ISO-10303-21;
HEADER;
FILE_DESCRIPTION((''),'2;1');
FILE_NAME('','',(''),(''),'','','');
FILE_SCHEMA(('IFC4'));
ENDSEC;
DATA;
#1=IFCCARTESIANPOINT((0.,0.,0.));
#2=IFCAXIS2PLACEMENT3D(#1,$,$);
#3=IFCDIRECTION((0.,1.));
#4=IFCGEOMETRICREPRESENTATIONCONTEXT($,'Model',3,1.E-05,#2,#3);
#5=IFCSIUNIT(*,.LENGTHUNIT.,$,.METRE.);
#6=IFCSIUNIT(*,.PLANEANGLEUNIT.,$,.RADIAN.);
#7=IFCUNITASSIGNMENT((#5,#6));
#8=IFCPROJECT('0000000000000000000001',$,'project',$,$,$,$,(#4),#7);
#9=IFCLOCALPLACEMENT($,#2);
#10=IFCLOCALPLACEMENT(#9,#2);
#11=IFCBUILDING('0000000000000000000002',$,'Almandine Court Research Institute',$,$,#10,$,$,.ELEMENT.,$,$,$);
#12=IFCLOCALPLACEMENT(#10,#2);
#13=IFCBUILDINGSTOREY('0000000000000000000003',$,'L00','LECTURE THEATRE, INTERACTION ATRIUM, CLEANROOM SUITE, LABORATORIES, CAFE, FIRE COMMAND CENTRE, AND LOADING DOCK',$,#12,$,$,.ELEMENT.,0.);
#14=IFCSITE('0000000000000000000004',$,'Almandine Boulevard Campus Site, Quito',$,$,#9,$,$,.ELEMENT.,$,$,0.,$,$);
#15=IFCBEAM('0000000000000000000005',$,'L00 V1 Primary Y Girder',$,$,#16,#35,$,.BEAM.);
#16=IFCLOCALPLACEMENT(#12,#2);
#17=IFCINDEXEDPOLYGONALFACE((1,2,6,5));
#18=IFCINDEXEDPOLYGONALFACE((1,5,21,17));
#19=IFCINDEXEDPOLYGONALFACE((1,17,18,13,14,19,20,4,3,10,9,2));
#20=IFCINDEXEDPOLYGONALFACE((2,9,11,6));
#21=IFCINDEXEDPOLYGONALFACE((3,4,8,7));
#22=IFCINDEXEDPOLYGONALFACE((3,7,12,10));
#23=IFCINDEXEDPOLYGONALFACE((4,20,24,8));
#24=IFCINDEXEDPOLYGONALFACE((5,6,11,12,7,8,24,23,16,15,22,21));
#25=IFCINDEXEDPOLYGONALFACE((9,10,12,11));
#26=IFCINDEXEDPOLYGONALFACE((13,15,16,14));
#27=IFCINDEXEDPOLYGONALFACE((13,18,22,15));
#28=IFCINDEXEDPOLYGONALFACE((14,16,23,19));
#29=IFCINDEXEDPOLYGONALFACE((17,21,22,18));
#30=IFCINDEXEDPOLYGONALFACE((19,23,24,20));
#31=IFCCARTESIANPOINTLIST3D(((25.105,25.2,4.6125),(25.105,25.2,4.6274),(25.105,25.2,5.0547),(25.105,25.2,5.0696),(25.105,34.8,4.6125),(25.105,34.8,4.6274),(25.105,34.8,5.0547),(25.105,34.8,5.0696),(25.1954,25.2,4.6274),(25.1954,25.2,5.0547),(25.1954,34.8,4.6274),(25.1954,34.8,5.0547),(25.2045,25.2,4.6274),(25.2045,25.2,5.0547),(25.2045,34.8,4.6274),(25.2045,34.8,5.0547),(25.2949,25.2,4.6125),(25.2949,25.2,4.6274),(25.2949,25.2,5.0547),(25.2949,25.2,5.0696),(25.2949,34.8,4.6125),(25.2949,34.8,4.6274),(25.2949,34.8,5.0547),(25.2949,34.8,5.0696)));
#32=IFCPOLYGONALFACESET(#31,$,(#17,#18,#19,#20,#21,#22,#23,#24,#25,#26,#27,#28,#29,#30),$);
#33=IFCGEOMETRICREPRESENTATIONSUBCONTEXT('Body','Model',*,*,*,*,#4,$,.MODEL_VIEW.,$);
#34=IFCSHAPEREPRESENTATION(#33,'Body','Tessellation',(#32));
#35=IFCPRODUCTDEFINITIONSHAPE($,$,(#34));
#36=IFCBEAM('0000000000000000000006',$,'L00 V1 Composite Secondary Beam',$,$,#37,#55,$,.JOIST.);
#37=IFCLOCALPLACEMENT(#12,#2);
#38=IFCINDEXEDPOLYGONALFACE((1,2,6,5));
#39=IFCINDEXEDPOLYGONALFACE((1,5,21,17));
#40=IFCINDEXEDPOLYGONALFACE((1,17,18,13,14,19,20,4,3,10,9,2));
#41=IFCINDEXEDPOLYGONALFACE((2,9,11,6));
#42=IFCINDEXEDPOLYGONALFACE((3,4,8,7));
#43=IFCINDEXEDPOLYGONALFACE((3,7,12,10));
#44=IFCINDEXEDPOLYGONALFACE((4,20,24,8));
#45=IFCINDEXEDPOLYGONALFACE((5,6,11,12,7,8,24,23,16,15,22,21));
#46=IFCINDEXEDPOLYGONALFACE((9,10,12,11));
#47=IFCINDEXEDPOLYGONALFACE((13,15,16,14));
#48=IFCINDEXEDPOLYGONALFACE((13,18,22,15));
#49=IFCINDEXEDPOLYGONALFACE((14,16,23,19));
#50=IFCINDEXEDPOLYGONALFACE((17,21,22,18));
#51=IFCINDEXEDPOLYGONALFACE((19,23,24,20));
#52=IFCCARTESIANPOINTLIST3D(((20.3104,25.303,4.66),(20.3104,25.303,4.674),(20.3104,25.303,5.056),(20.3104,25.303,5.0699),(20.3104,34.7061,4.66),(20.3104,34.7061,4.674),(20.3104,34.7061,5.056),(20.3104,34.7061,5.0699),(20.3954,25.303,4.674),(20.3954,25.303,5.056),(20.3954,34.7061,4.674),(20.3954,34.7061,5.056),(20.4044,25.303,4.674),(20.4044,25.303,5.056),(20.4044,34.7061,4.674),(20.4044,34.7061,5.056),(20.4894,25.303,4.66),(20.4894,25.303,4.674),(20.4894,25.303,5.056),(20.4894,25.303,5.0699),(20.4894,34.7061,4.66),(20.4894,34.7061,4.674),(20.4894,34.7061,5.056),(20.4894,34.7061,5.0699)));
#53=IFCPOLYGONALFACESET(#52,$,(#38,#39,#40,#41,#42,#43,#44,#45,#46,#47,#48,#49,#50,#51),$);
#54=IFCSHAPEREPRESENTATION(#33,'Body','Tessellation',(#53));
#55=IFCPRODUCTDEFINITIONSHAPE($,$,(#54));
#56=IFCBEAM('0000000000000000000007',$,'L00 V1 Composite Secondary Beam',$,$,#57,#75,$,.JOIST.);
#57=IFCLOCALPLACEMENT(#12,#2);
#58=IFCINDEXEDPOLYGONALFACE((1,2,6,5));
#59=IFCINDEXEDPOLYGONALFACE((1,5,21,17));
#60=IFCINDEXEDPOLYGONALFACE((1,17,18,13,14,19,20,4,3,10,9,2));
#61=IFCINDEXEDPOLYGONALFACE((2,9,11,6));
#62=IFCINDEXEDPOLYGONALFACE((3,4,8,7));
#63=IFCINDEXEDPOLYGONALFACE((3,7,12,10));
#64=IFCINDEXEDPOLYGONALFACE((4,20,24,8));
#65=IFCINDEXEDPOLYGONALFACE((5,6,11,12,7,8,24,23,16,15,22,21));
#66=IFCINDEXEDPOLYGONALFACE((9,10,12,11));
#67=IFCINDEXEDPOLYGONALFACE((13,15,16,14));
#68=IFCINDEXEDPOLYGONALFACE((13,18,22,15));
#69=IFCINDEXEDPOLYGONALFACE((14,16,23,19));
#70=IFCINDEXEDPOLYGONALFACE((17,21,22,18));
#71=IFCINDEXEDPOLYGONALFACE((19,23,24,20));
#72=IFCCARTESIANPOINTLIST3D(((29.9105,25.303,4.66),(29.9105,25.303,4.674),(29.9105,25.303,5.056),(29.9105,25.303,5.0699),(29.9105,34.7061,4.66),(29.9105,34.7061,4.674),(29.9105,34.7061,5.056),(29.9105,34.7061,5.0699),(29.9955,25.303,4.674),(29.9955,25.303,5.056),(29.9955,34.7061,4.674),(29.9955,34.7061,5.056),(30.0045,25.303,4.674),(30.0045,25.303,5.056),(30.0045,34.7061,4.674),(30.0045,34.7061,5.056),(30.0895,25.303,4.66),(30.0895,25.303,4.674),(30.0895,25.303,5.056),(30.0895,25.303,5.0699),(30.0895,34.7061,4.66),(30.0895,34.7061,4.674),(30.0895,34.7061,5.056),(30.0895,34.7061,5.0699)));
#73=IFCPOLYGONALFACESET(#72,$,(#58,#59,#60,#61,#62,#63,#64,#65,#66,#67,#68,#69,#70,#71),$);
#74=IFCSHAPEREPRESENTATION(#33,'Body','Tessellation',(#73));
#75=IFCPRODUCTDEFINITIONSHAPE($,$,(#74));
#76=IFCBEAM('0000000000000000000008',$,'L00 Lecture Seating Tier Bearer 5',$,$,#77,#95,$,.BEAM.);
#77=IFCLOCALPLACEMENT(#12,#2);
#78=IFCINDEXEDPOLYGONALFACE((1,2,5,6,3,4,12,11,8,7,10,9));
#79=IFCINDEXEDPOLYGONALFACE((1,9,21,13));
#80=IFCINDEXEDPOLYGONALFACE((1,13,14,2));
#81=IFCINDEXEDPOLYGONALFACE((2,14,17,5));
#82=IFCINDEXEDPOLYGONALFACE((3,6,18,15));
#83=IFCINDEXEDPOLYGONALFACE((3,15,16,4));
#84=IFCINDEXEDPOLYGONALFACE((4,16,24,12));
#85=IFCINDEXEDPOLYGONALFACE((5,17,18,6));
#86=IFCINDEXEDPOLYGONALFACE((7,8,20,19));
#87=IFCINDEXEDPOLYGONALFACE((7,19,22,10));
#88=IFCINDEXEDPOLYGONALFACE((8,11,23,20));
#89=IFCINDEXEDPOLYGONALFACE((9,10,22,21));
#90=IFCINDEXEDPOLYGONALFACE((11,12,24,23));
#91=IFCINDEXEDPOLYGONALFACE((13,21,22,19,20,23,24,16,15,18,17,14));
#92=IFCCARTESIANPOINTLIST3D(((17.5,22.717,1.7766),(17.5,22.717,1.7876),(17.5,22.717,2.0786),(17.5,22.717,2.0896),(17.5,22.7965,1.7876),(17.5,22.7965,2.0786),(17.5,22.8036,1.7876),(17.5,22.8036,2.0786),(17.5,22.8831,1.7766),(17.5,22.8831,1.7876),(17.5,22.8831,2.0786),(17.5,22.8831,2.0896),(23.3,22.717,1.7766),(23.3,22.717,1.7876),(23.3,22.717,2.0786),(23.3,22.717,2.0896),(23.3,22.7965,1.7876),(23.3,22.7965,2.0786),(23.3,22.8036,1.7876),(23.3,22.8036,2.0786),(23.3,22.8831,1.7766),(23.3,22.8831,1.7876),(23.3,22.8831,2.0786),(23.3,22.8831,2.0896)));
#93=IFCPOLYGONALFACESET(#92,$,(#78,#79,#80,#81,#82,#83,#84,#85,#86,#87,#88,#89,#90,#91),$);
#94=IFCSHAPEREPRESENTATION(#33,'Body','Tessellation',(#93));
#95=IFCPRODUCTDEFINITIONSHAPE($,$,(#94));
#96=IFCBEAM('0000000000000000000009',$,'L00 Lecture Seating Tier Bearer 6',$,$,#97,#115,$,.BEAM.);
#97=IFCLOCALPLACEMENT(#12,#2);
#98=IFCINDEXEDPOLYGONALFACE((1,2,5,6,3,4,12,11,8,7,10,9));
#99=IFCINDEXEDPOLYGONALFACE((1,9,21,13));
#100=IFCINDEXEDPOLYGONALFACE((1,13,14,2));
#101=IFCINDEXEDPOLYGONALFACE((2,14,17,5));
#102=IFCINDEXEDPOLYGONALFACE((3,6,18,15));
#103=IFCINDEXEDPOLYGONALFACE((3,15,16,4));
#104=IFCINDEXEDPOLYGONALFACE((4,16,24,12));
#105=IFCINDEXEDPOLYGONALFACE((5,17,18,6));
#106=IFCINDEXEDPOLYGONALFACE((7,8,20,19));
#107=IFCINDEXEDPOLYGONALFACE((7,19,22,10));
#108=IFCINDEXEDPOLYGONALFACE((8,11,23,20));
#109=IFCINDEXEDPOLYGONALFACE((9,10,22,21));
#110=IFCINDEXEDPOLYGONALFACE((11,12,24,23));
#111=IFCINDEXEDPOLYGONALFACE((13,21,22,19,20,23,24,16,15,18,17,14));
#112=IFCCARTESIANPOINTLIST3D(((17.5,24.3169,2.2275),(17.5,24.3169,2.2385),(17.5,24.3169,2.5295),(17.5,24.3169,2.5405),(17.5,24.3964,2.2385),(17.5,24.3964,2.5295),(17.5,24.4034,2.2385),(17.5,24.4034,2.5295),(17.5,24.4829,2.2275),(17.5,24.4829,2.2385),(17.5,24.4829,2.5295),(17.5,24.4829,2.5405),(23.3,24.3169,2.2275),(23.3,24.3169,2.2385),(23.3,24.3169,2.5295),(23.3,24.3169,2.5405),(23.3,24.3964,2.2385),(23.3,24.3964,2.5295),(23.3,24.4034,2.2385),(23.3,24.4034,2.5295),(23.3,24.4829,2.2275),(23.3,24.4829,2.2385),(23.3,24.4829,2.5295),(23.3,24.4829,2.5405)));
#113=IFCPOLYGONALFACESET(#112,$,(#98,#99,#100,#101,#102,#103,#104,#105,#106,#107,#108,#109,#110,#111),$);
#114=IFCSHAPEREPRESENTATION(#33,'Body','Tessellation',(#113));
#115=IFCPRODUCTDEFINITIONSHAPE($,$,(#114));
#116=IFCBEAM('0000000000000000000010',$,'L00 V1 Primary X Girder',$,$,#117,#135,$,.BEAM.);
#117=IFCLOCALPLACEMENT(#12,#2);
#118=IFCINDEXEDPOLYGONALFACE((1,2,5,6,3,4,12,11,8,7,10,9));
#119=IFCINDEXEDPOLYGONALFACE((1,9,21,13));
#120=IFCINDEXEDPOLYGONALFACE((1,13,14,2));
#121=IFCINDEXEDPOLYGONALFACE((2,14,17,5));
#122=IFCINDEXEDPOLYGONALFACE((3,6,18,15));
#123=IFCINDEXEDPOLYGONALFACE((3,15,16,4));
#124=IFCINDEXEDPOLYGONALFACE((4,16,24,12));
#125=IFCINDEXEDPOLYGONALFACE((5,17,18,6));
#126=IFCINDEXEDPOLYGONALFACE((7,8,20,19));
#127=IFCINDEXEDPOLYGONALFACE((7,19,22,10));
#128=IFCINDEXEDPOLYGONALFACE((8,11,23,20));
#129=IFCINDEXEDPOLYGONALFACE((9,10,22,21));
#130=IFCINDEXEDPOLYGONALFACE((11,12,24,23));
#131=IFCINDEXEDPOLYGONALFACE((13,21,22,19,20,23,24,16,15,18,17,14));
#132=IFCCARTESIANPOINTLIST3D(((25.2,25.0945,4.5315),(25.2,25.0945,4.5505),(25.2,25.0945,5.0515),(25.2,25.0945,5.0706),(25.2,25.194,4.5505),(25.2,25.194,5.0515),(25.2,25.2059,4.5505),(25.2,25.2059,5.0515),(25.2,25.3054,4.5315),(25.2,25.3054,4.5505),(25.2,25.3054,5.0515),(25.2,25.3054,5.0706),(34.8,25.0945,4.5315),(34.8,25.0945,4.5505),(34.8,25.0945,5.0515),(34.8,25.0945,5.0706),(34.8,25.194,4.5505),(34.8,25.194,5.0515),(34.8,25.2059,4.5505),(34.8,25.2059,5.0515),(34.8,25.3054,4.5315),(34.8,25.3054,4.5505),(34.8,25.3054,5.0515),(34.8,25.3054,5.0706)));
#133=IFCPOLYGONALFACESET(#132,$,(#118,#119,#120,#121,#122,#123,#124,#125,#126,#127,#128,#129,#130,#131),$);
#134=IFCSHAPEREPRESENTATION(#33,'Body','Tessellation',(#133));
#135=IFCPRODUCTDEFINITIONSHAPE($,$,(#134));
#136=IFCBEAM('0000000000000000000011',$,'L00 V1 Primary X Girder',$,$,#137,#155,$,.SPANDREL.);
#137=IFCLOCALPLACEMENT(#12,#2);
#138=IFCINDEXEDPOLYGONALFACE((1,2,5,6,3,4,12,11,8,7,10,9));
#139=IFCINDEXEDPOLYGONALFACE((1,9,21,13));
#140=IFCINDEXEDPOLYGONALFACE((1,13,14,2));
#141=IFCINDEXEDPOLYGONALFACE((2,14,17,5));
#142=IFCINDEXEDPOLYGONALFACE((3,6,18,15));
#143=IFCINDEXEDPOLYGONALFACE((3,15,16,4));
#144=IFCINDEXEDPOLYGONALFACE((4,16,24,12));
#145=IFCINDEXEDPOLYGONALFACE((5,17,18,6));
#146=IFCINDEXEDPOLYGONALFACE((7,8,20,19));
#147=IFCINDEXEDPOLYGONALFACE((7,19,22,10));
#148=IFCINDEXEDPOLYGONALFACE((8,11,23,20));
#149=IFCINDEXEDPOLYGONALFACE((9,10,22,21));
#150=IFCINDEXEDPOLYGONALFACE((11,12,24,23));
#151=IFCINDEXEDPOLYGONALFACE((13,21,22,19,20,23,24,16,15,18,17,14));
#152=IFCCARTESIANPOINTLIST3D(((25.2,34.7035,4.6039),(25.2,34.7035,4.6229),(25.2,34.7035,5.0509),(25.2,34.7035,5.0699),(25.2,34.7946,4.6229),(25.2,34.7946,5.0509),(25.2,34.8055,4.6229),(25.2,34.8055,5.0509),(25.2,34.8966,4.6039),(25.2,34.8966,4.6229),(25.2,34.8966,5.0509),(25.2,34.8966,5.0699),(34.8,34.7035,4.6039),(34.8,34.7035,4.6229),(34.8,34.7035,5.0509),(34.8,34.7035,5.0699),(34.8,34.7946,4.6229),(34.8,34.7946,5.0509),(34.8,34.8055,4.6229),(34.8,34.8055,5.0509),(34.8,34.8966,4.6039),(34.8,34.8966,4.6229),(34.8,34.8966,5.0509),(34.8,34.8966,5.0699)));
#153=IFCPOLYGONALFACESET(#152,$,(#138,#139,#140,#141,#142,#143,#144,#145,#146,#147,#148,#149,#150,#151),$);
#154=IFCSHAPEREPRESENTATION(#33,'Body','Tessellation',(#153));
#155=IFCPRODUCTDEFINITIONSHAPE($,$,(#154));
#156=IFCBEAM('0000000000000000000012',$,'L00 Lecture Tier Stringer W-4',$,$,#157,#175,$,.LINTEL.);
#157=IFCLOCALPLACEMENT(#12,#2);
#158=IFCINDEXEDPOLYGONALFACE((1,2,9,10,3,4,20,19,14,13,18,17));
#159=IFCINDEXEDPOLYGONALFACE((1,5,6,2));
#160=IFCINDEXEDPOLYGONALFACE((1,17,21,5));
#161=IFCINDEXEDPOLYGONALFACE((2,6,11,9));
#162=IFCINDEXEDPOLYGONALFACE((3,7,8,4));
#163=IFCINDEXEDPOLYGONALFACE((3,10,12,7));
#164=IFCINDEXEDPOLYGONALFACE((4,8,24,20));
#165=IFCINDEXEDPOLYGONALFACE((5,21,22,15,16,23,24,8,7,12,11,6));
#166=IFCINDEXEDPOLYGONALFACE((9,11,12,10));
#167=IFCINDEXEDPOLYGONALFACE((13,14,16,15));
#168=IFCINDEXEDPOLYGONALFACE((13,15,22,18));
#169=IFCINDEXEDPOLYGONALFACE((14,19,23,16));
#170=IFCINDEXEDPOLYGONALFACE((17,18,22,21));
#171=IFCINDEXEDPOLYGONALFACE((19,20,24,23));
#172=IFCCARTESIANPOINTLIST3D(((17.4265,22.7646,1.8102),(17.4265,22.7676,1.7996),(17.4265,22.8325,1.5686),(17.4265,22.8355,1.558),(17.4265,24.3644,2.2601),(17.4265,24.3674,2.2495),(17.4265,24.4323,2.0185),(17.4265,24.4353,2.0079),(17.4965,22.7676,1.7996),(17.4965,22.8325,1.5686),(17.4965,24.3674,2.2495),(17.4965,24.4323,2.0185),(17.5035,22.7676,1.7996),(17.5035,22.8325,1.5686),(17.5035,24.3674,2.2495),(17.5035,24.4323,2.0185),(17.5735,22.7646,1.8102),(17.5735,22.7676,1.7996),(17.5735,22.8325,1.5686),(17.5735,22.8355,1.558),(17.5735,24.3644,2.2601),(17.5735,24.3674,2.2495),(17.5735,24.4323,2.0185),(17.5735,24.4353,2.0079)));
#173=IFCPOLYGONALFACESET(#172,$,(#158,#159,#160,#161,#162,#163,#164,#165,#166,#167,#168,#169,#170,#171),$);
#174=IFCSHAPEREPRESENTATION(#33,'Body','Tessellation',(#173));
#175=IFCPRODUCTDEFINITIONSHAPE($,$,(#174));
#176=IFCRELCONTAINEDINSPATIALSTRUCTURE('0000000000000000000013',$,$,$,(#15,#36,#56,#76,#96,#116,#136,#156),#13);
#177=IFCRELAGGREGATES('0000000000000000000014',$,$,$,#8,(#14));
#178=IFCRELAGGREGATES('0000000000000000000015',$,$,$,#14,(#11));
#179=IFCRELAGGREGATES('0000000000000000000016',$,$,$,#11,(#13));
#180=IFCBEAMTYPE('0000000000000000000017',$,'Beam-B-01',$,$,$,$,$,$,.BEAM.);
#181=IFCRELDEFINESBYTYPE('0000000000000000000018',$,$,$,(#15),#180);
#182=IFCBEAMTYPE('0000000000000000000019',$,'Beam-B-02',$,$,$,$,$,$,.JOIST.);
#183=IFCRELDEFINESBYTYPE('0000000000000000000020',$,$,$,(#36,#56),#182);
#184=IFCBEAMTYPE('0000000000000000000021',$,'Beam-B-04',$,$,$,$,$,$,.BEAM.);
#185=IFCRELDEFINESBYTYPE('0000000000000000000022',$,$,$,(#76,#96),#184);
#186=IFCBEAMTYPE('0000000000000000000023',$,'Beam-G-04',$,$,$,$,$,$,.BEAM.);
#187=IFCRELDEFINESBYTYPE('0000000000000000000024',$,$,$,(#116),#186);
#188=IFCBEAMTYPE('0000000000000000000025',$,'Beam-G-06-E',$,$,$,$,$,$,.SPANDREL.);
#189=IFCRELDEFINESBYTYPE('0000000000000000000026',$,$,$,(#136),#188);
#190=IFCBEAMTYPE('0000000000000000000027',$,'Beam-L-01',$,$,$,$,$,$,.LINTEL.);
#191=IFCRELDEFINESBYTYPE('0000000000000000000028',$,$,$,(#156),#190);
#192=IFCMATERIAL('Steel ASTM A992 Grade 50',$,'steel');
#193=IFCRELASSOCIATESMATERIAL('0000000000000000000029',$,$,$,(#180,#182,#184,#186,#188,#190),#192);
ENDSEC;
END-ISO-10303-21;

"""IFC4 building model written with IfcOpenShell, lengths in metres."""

from ifc_helpers import new_model, si_unit, direction, frame, origin, origin_2d, place, context, subcontext, project, spatial, i_section, extrude, material, material_profile, profile_set, type_object, element, save


model = new_model("IFC4")

# Units and contexts
model_context = context("Model", 3, precision=1e-05, world=origin(), true_north=direction((0.0, 1.0)))
body_context = subcontext(model_context, "Body", "Model", "MODEL_VIEW")
ifc_project = project(units=[si_unit("LENGTHUNIT", "METRE"), si_unit("PLANEANGLEUNIT", "RADIAN")], contexts=[model_context])

# Site, building, storey
site_placement = place(None, origin())
site = spatial("IfcSite", under=ifc_project, at=site_placement, Name="Almandine Boulevard Campus Site, Quito", CompositionType="ELEMENT", RefElevation=0.0)
building_placement = place(site_placement, origin())
building = spatial("IfcBuilding", under=site, at=building_placement, Name="Almandine Court Research Institute", CompositionType="ELEMENT")
storey_placement = place(building_placement, origin())
storey = spatial("IfcBuildingStorey", under=building, at=storey_placement, Name="L00", Description="LECTURE THEATRE, INTERACTION ATRIUM, CLEANROOM SUITE, LABORATORIES, CAFE, FIRE COMMAND CENTRE, AND LOADING DOCK", CompositionType="ELEMENT", Elevation=0.0)

# Shared definitions
ifc_material_1 = material(Name="Steel ASTM A992 Grade 50", Category="steel")

# Beams
ifc_material_profile_1 = material_profile(ifc_material_1, i_section(OverallWidth=0.1899, OverallDepth=0.457, WebThickness=0.009, FlangeThickness=0.0149, at=origin_2d()), Name="W460x74")
ifc_profile_set_1 = profile_set([ifc_material_profile_1], Name="Steel ASTM A992 Grade 50")
beam_type_1 = type_object("IfcBeamType", Name="Beam-B-01", PredefinedType="BEAM", material=ifc_profile_set_1)
beam_1_placement = place(storey_placement, frame((25.2, 25.2, 4.8411), z_axis=(0.0, 1.0, 0.0), x_axis=(-1.0, 0.0, 0.0)))
element("IfcBeam", 1, at=beam_1_placement, inside=storey, type_object=beam_type_1, Name="L00 V1 Primary Y Girder", PredefinedType="BEAM", context=body_context, shape_type="SweptSolid", body=[
    extrude(i_section(OverallWidth=0.1899, OverallDepth=0.457, WebThickness=0.009, FlangeThickness=0.0149, at=origin_2d()), origin(), (0.0, 0.0, 1.0), 9.6001),
])
ifc_material_profile_2 = material_profile(ifc_material_1, i_section(OverallWidth=0.179, OverallDepth=0.4099, WebThickness=0.009, FlangeThickness=0.0139, at=origin_2d()), Name="W410x67")
ifc_profile_set_2 = profile_set([ifc_material_profile_2], Name="Steel ASTM A992 Grade 50")
beam_type_2 = type_object("IfcBeamType", Name="Beam-B-02", PredefinedType="JOIST", material=ifc_profile_set_2)
for number, where, z_axis, x_axis, name in (
    (2, (20.3999, 25.303, 4.865), (0.0, 1.0, 0.0), (-1.0, 0.0, 0.0), "L00 V1 Composite Secondary Beam"),
    (3, (30.0, 25.303, 4.865), (0.0, 1.0, 0.0), (-1.0, 0.0, 0.0), "L00 V1 Composite Secondary Beam"),
):
    element("IfcBeam", number, at=place(storey_placement, frame(where, z_axis=z_axis, x_axis=x_axis)), inside=storey, type_object=beam_type_2, Name=name, PredefinedType="JOIST", context=body_context, shape_type="SweptSolid", body=[
        extrude(i_section(OverallWidth=0.179, OverallDepth=0.4099, WebThickness=0.009, FlangeThickness=0.0139, at=origin_2d()), origin(), (0.0, 0.0, 1.0), 9.4031),
    ])
ifc_material_profile_3 = material_profile(ifc_material_1, i_section(OverallWidth=0.166, OverallDepth=0.313, WebThickness=0.0071, FlangeThickness=0.011, at=origin_2d()), Name="W310x45")
ifc_profile_set_3 = profile_set([ifc_material_profile_3], Name="Steel ASTM A992 Grade 50")
beam_type_3 = type_object("IfcBeamType", Name="Beam-B-04", PredefinedType="BEAM", material=ifc_profile_set_3)
for number, where, z_axis, x_axis, name in (
    (4, (17.5, 22.8, 1.9331), (1.0, 0.0, 0.0), (0.0, 1.0, 0.0), "L00 Lecture Seating Tier Bearer 5"),
    (5, (17.5, 24.3999, 2.384), (1.0, 0.0, 0.0), (0.0, 1.0, 0.0), "L00 Lecture Seating Tier Bearer 6"),
):
    element("IfcBeam", number, at=place(storey_placement, frame(where, z_axis=z_axis, x_axis=x_axis)), inside=storey, type_object=beam_type_3, Name=name, PredefinedType="BEAM", context=body_context, shape_type="SweptSolid", body=[
        extrude(i_section(OverallWidth=0.166, OverallDepth=0.313, WebThickness=0.0071, FlangeThickness=0.011, at=origin_2d()), origin(), (0.0, 0.0, 1.0), 5.8),
    ])
ifc_material_profile_4 = material_profile(ifc_material_1, i_section(OverallWidth=0.2109, OverallDepth=0.5391, WebThickness=0.012, FlangeThickness=0.019, at=origin_2d()), Name="W530x109")
ifc_profile_set_4 = profile_set([ifc_material_profile_4], Name="Steel ASTM A992 Grade 50")
beam_type_4 = type_object("IfcBeamType", Name="Beam-G-04", PredefinedType="BEAM", material=ifc_profile_set_4)
beam_2_placement = place(storey_placement, frame((25.2, 25.2, 4.801), z_axis=(1.0, 0.0, 0.0), x_axis=(0.0, 1.0, 0.0)))
element("IfcBeam", 6, at=beam_2_placement, inside=storey, type_object=beam_type_4, Name="L00 V1 Primary X Girder", PredefinedType="BEAM", context=body_context, shape_type="SweptSolid", body=[
    extrude(i_section(OverallWidth=0.2109, OverallDepth=0.5391, WebThickness=0.012, FlangeThickness=0.019, at=origin_2d()), origin(), (0.0, 0.0, 1.0), 9.6001),
])
ifc_material_profile_5 = material_profile(ifc_material_1, i_section(OverallWidth=0.1931, OverallDepth=0.4661, WebThickness=0.011, FlangeThickness=0.019, at=origin_2d()), Name="W460x97")
ifc_profile_set_5 = profile_set([ifc_material_profile_5], Name="Steel ASTM A992 Grade 50")
beam_type_5 = type_object("IfcBeamType", Name="Beam-G-06-E", PredefinedType="SPANDREL", material=ifc_profile_set_5)
beam_3_placement = place(storey_placement, frame((25.2, 34.8, 4.8369), z_axis=(1.0, 0.0, 0.0), x_axis=(0.0, 1.0, 0.0)))
element("IfcBeam", 7, at=beam_3_placement, inside=storey, type_object=beam_type_5, Name="L00 V1 Primary X Girder", PredefinedType="SPANDREL", context=body_context, shape_type="SweptSolid", body=[
    extrude(i_section(OverallWidth=0.1931, OverallDepth=0.4661, WebThickness=0.011, FlangeThickness=0.019, at=origin_2d()), origin(), (0.0, 0.0, 1.0), 9.6001),
])
ifc_material_profile_6 = material_profile(ifc_material_1, i_section(OverallWidth=0.147, OverallDepth=0.262, WebThickness=0.0071, FlangeThickness=0.011, at=origin_2d()), Name="W250x39")
ifc_profile_set_6 = profile_set([ifc_material_profile_6], Name="Steel ASTM A992 Grade 50")
beam_type_6 = type_object("IfcBeamType", Name="Beam-L-01", PredefinedType="LINTEL", material=ifc_profile_set_6)
beam_4_placement = place(storey_placement, frame((17.5, 22.8, 1.6841), z_axis=(0.0, 0.962652, 0.270741), x_axis=(-1.0, 0.0, 0.0)))
element("IfcBeam", 8, at=beam_4_placement, inside=storey, type_object=beam_type_6, Name="L00 Lecture Tier Stringer W-4", PredefinedType="LINTEL", context=body_context, shape_type="SweptSolid", body=[
    extrude(i_section(OverallWidth=0.147, OverallDepth=0.262, WebThickness=0.0071, FlangeThickness=0.011, at=origin_2d()), origin(), (0.0, 0.0, 1.0), 1.6619),
])

save(model, "model.ifc")
